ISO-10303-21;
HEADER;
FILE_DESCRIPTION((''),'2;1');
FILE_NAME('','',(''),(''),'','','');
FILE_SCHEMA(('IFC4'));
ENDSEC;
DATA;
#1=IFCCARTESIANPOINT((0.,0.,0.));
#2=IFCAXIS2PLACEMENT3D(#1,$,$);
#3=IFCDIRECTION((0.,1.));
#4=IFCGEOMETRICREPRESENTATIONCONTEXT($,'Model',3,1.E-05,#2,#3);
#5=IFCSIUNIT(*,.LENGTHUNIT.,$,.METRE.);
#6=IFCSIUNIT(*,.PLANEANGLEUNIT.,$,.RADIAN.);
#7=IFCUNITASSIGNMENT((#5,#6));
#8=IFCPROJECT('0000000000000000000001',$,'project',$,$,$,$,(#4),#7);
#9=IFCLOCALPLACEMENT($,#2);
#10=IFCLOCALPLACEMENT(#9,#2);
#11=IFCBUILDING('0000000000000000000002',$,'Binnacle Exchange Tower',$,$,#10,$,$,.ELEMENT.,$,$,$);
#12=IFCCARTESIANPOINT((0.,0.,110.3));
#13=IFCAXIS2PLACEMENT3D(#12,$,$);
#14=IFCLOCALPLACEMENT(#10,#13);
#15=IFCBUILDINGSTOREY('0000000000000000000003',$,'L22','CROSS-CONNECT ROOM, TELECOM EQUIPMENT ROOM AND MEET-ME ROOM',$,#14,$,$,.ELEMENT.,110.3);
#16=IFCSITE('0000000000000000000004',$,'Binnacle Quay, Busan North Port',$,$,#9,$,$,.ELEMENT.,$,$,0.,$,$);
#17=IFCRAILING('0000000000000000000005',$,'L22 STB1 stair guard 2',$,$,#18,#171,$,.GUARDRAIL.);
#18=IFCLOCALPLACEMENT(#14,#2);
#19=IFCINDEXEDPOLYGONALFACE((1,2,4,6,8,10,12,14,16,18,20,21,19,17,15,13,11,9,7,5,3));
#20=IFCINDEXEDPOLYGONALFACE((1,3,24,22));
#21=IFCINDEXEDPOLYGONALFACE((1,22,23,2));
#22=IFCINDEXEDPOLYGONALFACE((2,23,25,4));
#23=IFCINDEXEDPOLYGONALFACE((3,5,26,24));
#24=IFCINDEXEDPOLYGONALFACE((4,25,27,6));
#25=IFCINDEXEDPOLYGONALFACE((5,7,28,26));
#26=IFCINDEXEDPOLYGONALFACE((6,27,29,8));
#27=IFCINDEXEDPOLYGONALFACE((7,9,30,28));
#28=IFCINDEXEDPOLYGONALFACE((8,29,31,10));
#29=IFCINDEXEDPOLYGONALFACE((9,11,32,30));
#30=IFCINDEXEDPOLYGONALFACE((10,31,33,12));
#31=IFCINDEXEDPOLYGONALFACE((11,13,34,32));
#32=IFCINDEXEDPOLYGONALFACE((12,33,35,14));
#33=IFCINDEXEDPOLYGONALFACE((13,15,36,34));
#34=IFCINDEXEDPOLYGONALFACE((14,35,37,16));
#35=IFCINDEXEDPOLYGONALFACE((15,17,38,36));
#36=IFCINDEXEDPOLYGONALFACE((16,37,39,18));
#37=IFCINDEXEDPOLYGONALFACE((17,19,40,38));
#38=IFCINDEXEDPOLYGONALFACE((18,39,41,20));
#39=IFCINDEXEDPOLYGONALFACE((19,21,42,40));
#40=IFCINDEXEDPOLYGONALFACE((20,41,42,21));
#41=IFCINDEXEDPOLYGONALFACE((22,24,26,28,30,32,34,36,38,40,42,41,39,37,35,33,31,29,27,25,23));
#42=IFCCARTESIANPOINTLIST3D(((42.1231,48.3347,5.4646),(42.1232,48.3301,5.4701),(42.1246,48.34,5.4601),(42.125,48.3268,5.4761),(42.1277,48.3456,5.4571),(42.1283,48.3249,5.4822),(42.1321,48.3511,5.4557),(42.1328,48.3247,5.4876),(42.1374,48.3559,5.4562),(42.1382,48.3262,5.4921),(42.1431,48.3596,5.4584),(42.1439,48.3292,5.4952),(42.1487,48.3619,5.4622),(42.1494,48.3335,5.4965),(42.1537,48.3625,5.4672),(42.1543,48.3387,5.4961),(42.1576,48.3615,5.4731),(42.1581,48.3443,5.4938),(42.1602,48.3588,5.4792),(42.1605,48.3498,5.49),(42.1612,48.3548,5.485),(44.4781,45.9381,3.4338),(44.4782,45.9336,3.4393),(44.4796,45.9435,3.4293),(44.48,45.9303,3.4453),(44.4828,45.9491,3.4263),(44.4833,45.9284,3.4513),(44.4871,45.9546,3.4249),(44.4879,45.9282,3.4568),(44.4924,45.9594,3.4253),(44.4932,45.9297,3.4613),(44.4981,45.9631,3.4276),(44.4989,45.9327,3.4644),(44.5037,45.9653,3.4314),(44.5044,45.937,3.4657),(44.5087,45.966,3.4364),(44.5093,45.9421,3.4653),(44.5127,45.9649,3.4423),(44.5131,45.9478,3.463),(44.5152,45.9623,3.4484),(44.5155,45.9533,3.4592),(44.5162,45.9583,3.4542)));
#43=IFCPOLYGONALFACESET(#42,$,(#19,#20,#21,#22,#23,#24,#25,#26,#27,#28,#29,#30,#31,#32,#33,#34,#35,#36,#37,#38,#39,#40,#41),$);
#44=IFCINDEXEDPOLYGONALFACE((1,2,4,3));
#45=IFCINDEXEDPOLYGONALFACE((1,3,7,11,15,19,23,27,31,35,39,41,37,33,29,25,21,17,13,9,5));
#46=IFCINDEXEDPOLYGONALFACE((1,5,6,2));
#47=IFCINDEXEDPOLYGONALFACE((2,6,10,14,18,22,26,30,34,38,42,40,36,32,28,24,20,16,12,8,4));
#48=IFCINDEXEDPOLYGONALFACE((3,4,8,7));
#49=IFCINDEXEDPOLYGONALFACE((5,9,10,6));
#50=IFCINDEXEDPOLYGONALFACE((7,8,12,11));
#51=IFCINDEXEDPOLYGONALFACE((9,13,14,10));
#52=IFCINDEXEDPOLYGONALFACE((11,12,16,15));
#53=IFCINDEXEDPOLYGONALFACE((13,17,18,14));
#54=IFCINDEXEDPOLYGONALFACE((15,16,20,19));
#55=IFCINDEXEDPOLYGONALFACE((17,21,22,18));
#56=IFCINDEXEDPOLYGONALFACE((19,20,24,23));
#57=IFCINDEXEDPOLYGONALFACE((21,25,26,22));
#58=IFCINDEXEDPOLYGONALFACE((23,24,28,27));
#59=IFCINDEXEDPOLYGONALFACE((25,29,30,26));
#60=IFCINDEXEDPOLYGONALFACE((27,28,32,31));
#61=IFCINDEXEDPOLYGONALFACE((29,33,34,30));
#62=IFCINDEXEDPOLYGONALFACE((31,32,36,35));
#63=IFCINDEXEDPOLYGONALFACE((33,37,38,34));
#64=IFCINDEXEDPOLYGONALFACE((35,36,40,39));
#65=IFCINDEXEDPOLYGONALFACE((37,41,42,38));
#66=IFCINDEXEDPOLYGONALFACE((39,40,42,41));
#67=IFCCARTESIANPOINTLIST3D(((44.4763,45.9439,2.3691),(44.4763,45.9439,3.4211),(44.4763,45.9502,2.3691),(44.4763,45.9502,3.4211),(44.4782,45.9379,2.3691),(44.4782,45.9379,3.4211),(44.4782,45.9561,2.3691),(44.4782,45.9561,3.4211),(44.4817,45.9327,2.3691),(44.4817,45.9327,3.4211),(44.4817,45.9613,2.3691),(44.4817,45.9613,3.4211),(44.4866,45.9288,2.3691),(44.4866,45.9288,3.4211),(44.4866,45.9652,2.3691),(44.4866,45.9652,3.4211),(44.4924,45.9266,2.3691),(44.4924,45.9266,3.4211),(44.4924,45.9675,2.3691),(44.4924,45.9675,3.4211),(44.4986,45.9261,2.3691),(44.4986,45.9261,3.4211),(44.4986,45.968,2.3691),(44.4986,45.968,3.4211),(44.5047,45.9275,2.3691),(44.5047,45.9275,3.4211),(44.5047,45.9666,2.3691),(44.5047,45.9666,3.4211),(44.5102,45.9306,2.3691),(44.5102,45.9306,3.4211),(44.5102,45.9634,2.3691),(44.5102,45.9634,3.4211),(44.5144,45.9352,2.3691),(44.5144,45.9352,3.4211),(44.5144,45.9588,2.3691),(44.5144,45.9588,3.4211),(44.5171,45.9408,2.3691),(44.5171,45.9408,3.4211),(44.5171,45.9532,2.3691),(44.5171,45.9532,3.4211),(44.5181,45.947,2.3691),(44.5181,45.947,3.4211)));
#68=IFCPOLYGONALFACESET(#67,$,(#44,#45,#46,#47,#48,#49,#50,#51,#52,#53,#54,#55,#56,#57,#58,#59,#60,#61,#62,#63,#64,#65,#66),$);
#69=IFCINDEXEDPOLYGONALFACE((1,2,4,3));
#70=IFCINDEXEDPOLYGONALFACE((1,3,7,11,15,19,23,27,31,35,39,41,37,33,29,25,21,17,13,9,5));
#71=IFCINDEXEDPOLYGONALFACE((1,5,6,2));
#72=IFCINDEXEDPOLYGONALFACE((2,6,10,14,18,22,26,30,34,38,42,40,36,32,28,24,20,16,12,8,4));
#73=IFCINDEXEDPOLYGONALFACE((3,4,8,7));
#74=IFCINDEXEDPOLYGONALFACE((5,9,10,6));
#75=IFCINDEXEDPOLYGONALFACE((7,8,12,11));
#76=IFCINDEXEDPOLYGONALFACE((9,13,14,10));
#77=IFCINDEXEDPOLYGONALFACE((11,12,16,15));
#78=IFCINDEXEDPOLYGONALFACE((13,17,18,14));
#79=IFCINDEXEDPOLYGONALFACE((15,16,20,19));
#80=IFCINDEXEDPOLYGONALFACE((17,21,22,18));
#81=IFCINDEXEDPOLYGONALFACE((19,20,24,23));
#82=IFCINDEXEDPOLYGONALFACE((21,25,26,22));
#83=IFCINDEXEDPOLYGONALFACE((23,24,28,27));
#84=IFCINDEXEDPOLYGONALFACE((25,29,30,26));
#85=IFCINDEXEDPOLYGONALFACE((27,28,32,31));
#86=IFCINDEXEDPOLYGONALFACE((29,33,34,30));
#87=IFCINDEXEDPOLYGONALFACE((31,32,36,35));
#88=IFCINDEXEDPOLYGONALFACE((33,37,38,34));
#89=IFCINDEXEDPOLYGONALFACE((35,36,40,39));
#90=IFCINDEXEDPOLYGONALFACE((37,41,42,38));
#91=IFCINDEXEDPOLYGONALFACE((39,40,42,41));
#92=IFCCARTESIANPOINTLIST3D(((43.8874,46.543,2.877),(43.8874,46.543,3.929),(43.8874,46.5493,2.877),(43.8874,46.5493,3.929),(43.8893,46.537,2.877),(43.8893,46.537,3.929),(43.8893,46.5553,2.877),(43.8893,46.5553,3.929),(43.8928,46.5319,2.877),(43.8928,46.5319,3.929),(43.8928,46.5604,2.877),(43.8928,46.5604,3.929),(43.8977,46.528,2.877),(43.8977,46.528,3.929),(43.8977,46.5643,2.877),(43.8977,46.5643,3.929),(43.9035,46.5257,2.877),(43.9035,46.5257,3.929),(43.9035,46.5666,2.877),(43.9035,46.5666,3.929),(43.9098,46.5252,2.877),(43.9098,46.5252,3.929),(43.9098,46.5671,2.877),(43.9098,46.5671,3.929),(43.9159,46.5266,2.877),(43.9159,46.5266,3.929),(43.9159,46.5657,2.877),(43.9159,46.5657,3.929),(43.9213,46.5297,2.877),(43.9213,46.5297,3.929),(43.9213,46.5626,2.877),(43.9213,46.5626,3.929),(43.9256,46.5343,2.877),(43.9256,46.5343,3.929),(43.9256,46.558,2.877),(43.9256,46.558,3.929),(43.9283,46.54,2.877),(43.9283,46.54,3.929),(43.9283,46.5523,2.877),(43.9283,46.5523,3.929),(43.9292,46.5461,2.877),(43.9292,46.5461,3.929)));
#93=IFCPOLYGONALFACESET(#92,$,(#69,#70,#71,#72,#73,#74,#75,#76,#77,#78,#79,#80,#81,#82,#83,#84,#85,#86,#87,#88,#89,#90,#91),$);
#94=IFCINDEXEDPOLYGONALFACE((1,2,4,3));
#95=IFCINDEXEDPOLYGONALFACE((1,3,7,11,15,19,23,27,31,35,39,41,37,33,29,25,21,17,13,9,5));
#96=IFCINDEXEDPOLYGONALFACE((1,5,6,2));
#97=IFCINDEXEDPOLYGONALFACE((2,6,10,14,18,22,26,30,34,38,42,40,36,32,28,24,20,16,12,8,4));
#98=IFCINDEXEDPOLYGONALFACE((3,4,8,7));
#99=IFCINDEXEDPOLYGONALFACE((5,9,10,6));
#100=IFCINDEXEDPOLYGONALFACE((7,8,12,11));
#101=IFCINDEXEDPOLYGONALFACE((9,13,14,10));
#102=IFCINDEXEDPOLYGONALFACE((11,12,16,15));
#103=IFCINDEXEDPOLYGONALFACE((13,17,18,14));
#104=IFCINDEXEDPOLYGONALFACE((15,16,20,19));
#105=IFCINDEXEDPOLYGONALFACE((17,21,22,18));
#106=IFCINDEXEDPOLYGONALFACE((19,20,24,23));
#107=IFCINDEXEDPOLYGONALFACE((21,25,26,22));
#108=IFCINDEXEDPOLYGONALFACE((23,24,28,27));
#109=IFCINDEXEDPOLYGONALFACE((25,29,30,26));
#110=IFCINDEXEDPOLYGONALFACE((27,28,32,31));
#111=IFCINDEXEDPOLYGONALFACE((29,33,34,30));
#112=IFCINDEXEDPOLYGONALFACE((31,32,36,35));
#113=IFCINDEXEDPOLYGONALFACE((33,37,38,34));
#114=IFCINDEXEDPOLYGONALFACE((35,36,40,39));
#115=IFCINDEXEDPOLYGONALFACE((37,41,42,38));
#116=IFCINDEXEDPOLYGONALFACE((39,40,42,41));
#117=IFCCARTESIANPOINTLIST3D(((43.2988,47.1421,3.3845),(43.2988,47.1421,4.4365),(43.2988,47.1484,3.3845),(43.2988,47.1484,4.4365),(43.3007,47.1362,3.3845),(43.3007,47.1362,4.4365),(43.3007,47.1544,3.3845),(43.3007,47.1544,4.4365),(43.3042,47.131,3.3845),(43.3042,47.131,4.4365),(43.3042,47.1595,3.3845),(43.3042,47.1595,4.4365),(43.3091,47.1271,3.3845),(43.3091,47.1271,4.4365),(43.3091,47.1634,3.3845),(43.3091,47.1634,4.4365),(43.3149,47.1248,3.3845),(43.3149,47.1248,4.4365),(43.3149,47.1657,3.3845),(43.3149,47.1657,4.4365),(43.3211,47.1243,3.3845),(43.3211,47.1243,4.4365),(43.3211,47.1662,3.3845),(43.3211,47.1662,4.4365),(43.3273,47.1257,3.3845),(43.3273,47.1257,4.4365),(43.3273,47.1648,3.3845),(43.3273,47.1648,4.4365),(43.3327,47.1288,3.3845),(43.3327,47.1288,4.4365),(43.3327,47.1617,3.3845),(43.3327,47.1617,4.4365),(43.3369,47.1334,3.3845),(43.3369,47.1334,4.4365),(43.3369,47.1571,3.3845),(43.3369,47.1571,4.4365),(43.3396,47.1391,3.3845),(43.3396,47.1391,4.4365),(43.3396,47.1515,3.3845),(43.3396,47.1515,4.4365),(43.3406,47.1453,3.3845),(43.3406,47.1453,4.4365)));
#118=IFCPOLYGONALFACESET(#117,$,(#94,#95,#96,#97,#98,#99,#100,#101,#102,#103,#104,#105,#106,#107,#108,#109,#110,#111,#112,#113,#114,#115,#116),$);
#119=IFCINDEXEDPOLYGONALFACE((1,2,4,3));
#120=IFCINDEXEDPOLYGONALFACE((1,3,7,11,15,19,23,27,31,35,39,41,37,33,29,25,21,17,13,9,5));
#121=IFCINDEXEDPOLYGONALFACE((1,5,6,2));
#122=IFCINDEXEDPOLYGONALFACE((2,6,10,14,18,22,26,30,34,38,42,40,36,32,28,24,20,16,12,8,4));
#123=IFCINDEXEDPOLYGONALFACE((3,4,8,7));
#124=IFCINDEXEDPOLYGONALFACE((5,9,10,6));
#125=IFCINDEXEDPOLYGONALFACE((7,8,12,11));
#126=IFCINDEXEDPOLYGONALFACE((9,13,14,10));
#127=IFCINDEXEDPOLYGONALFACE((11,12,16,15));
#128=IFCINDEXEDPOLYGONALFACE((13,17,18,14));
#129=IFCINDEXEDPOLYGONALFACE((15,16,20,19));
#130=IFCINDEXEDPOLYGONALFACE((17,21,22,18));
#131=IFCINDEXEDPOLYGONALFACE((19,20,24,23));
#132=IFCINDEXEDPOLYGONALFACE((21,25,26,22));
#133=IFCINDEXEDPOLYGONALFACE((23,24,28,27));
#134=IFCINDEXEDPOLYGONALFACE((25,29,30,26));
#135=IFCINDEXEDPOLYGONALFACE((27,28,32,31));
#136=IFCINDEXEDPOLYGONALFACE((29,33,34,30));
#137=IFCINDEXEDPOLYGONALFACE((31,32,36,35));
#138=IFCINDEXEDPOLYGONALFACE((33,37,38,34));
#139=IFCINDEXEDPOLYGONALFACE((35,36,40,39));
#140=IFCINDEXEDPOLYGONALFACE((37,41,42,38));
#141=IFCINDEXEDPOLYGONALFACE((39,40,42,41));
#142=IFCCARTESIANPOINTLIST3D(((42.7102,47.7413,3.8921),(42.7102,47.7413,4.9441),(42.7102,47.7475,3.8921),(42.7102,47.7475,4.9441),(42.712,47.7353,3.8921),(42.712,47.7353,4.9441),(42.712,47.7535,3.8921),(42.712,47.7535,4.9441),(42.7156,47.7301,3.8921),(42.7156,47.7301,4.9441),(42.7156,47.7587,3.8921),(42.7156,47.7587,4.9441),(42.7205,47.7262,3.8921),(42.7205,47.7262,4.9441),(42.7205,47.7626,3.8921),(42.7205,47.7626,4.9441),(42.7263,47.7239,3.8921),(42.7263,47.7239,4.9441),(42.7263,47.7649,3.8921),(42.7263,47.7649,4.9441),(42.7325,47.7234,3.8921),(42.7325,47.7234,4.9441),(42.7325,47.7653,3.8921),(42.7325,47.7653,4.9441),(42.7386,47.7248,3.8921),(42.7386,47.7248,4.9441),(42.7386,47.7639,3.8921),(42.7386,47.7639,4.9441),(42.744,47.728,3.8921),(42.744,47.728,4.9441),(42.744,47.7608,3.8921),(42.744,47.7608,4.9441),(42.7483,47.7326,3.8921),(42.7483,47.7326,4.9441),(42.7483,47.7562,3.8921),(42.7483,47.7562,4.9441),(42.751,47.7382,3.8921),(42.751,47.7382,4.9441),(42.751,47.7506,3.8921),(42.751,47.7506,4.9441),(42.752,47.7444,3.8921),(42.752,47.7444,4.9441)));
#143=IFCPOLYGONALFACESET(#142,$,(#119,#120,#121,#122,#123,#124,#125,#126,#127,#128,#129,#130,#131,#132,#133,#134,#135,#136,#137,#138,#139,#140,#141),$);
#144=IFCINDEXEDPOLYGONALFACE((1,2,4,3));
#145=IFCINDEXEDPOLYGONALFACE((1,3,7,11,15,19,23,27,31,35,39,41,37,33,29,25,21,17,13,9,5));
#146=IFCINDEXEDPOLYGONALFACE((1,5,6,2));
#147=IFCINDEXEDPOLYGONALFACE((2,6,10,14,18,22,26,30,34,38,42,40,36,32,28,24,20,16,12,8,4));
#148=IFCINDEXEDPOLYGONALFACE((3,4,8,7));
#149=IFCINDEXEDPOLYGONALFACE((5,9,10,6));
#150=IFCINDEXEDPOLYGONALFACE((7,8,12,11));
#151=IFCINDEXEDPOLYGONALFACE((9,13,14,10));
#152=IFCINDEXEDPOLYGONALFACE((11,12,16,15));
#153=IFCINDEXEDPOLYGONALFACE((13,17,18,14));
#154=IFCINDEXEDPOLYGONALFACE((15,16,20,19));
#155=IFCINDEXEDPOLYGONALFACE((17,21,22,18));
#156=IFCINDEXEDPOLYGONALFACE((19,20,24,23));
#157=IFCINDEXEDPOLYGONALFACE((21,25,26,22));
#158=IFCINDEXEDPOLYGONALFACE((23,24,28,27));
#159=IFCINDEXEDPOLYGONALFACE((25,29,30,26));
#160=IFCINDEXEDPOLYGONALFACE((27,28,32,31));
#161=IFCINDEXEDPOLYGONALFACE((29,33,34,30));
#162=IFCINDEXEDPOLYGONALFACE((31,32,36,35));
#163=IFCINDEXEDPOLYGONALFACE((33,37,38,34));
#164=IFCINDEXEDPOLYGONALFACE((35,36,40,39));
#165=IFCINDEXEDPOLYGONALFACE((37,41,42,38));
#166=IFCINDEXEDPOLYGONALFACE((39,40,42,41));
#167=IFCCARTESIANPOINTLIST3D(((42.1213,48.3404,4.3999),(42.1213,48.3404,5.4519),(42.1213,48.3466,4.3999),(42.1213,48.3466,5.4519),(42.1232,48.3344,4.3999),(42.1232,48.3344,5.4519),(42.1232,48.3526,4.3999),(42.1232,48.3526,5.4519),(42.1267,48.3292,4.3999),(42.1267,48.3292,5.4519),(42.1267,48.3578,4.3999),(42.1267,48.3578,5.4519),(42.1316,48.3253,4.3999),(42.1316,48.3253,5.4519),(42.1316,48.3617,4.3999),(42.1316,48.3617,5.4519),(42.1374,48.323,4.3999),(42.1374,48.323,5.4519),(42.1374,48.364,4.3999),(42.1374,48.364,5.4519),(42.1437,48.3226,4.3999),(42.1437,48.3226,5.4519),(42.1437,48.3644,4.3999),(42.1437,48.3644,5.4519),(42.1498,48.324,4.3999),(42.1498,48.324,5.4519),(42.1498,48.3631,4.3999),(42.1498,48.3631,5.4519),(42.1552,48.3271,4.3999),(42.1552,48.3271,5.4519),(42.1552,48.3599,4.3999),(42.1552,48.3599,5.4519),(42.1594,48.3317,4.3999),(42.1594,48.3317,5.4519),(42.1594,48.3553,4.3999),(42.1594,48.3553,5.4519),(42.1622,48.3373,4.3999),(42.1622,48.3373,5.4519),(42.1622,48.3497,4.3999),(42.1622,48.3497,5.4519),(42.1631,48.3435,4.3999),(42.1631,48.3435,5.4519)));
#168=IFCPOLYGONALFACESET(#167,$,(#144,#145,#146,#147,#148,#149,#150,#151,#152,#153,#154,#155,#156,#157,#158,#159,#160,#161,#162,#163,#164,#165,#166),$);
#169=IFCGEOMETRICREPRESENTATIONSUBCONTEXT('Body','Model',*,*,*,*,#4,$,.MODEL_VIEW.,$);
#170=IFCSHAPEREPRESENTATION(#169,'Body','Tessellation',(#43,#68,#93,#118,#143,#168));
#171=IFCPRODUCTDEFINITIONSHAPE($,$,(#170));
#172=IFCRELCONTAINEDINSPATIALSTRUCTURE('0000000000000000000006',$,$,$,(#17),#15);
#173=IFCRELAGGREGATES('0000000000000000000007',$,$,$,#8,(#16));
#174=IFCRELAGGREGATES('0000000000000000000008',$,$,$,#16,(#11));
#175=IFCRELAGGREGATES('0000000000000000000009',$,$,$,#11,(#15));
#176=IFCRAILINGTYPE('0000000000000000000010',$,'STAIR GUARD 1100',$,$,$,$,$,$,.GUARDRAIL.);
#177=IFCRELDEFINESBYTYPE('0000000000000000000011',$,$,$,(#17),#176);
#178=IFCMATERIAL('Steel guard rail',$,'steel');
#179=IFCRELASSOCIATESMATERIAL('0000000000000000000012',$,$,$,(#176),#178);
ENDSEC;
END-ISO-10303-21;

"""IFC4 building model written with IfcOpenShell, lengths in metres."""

from ifc_helpers import new_model, si_unit, direction, frame, origin, origin_2d, place, context, subcontext, project, spatial, circle, extrude, material, type_object, element, save


model = new_model("IFC4")

# Units and contexts
model_context = context("Model", 3, precision=1e-05, world=origin(), true_north=direction((0.0, 1.0)))
body_context = subcontext(model_context, "Body", "Model", "MODEL_VIEW")
ifc_project = project(units=[si_unit("LENGTHUNIT", "METRE"), si_unit("PLANEANGLEUNIT", "RADIAN")], contexts=[model_context])

# Site, building, storey
site_placement = place(None, origin())
site = spatial("IfcSite", under=ifc_project, at=site_placement, Name="Binnacle Quay, Busan North Port", CompositionType="ELEMENT", RefElevation=0.0)
building_placement = place(site_placement, origin())
building = spatial("IfcBuilding", under=site, at=building_placement, Name="Binnacle Exchange Tower", CompositionType="ELEMENT")
storey_placement = place(building_placement, frame((0.0, 0.0, 110.3)))
storey = spatial("IfcBuildingStorey", under=building, at=storey_placement, Name="L22", Description="CROSS-CONNECT ROOM, TELECOM EQUIPMENT ROOM AND MEET-ME ROOM", CompositionType="ELEMENT", Elevation=110.3)

# Railing
ifc_material_1 = material(Name="Steel guard rail", Category="steel")
railing_type_1 = type_object("IfcRailingType", Name="STAIR GUARD 1100", PredefinedType="GUARDRAIL", material=ifc_material_1)
railing_1_placement = place(storey_placement, frame((44.4971, 45.947, 2.3691)))
element("IfcRailing", 1, at=railing_1_placement, inside=storey, type_object=railing_type_1, Name="L22 STB1 stair guard 2", PredefinedType="GUARDRAIL", context=body_context, shape_type="SweptSolid", body=[
    extrude(circle(Radius=0.0239, at=origin_2d()), frame((0.0, 0.0, 1.0762), z_axis=(-0.59985, 0.610422, 0.517267), x_axis=(-0.713256, -0.700903, 0.0)), (0.0, 0.0, 1.0), 3.926),
    extrude(circle(Radius=0.021, at=origin_2d()), origin(), (0.0, 0.0, 1.0), 1.052),
    extrude(circle(Radius=0.021, at=origin_2d()), frame((-0.5889, 0.5991, 0.5078)), (0.0, 0.0, 1.0), 1.052),
    extrude(circle(Radius=0.021, at=origin_2d()), frame((-1.1775, 1.1982, 1.0154)), (0.0, 0.0, 1.0), 1.052),
    extrude(circle(Radius=0.021, at=origin_2d()), frame((-1.7661, 1.7974, 1.5229)), (0.0, 0.0, 1.0), 1.052),
    extrude(circle(Radius=0.021, at=origin_2d()), frame((-2.355, 2.3965, 2.0308)), (0.0, 0.0, 1.0), 1.052),
])

save(model, "model.ifc")
